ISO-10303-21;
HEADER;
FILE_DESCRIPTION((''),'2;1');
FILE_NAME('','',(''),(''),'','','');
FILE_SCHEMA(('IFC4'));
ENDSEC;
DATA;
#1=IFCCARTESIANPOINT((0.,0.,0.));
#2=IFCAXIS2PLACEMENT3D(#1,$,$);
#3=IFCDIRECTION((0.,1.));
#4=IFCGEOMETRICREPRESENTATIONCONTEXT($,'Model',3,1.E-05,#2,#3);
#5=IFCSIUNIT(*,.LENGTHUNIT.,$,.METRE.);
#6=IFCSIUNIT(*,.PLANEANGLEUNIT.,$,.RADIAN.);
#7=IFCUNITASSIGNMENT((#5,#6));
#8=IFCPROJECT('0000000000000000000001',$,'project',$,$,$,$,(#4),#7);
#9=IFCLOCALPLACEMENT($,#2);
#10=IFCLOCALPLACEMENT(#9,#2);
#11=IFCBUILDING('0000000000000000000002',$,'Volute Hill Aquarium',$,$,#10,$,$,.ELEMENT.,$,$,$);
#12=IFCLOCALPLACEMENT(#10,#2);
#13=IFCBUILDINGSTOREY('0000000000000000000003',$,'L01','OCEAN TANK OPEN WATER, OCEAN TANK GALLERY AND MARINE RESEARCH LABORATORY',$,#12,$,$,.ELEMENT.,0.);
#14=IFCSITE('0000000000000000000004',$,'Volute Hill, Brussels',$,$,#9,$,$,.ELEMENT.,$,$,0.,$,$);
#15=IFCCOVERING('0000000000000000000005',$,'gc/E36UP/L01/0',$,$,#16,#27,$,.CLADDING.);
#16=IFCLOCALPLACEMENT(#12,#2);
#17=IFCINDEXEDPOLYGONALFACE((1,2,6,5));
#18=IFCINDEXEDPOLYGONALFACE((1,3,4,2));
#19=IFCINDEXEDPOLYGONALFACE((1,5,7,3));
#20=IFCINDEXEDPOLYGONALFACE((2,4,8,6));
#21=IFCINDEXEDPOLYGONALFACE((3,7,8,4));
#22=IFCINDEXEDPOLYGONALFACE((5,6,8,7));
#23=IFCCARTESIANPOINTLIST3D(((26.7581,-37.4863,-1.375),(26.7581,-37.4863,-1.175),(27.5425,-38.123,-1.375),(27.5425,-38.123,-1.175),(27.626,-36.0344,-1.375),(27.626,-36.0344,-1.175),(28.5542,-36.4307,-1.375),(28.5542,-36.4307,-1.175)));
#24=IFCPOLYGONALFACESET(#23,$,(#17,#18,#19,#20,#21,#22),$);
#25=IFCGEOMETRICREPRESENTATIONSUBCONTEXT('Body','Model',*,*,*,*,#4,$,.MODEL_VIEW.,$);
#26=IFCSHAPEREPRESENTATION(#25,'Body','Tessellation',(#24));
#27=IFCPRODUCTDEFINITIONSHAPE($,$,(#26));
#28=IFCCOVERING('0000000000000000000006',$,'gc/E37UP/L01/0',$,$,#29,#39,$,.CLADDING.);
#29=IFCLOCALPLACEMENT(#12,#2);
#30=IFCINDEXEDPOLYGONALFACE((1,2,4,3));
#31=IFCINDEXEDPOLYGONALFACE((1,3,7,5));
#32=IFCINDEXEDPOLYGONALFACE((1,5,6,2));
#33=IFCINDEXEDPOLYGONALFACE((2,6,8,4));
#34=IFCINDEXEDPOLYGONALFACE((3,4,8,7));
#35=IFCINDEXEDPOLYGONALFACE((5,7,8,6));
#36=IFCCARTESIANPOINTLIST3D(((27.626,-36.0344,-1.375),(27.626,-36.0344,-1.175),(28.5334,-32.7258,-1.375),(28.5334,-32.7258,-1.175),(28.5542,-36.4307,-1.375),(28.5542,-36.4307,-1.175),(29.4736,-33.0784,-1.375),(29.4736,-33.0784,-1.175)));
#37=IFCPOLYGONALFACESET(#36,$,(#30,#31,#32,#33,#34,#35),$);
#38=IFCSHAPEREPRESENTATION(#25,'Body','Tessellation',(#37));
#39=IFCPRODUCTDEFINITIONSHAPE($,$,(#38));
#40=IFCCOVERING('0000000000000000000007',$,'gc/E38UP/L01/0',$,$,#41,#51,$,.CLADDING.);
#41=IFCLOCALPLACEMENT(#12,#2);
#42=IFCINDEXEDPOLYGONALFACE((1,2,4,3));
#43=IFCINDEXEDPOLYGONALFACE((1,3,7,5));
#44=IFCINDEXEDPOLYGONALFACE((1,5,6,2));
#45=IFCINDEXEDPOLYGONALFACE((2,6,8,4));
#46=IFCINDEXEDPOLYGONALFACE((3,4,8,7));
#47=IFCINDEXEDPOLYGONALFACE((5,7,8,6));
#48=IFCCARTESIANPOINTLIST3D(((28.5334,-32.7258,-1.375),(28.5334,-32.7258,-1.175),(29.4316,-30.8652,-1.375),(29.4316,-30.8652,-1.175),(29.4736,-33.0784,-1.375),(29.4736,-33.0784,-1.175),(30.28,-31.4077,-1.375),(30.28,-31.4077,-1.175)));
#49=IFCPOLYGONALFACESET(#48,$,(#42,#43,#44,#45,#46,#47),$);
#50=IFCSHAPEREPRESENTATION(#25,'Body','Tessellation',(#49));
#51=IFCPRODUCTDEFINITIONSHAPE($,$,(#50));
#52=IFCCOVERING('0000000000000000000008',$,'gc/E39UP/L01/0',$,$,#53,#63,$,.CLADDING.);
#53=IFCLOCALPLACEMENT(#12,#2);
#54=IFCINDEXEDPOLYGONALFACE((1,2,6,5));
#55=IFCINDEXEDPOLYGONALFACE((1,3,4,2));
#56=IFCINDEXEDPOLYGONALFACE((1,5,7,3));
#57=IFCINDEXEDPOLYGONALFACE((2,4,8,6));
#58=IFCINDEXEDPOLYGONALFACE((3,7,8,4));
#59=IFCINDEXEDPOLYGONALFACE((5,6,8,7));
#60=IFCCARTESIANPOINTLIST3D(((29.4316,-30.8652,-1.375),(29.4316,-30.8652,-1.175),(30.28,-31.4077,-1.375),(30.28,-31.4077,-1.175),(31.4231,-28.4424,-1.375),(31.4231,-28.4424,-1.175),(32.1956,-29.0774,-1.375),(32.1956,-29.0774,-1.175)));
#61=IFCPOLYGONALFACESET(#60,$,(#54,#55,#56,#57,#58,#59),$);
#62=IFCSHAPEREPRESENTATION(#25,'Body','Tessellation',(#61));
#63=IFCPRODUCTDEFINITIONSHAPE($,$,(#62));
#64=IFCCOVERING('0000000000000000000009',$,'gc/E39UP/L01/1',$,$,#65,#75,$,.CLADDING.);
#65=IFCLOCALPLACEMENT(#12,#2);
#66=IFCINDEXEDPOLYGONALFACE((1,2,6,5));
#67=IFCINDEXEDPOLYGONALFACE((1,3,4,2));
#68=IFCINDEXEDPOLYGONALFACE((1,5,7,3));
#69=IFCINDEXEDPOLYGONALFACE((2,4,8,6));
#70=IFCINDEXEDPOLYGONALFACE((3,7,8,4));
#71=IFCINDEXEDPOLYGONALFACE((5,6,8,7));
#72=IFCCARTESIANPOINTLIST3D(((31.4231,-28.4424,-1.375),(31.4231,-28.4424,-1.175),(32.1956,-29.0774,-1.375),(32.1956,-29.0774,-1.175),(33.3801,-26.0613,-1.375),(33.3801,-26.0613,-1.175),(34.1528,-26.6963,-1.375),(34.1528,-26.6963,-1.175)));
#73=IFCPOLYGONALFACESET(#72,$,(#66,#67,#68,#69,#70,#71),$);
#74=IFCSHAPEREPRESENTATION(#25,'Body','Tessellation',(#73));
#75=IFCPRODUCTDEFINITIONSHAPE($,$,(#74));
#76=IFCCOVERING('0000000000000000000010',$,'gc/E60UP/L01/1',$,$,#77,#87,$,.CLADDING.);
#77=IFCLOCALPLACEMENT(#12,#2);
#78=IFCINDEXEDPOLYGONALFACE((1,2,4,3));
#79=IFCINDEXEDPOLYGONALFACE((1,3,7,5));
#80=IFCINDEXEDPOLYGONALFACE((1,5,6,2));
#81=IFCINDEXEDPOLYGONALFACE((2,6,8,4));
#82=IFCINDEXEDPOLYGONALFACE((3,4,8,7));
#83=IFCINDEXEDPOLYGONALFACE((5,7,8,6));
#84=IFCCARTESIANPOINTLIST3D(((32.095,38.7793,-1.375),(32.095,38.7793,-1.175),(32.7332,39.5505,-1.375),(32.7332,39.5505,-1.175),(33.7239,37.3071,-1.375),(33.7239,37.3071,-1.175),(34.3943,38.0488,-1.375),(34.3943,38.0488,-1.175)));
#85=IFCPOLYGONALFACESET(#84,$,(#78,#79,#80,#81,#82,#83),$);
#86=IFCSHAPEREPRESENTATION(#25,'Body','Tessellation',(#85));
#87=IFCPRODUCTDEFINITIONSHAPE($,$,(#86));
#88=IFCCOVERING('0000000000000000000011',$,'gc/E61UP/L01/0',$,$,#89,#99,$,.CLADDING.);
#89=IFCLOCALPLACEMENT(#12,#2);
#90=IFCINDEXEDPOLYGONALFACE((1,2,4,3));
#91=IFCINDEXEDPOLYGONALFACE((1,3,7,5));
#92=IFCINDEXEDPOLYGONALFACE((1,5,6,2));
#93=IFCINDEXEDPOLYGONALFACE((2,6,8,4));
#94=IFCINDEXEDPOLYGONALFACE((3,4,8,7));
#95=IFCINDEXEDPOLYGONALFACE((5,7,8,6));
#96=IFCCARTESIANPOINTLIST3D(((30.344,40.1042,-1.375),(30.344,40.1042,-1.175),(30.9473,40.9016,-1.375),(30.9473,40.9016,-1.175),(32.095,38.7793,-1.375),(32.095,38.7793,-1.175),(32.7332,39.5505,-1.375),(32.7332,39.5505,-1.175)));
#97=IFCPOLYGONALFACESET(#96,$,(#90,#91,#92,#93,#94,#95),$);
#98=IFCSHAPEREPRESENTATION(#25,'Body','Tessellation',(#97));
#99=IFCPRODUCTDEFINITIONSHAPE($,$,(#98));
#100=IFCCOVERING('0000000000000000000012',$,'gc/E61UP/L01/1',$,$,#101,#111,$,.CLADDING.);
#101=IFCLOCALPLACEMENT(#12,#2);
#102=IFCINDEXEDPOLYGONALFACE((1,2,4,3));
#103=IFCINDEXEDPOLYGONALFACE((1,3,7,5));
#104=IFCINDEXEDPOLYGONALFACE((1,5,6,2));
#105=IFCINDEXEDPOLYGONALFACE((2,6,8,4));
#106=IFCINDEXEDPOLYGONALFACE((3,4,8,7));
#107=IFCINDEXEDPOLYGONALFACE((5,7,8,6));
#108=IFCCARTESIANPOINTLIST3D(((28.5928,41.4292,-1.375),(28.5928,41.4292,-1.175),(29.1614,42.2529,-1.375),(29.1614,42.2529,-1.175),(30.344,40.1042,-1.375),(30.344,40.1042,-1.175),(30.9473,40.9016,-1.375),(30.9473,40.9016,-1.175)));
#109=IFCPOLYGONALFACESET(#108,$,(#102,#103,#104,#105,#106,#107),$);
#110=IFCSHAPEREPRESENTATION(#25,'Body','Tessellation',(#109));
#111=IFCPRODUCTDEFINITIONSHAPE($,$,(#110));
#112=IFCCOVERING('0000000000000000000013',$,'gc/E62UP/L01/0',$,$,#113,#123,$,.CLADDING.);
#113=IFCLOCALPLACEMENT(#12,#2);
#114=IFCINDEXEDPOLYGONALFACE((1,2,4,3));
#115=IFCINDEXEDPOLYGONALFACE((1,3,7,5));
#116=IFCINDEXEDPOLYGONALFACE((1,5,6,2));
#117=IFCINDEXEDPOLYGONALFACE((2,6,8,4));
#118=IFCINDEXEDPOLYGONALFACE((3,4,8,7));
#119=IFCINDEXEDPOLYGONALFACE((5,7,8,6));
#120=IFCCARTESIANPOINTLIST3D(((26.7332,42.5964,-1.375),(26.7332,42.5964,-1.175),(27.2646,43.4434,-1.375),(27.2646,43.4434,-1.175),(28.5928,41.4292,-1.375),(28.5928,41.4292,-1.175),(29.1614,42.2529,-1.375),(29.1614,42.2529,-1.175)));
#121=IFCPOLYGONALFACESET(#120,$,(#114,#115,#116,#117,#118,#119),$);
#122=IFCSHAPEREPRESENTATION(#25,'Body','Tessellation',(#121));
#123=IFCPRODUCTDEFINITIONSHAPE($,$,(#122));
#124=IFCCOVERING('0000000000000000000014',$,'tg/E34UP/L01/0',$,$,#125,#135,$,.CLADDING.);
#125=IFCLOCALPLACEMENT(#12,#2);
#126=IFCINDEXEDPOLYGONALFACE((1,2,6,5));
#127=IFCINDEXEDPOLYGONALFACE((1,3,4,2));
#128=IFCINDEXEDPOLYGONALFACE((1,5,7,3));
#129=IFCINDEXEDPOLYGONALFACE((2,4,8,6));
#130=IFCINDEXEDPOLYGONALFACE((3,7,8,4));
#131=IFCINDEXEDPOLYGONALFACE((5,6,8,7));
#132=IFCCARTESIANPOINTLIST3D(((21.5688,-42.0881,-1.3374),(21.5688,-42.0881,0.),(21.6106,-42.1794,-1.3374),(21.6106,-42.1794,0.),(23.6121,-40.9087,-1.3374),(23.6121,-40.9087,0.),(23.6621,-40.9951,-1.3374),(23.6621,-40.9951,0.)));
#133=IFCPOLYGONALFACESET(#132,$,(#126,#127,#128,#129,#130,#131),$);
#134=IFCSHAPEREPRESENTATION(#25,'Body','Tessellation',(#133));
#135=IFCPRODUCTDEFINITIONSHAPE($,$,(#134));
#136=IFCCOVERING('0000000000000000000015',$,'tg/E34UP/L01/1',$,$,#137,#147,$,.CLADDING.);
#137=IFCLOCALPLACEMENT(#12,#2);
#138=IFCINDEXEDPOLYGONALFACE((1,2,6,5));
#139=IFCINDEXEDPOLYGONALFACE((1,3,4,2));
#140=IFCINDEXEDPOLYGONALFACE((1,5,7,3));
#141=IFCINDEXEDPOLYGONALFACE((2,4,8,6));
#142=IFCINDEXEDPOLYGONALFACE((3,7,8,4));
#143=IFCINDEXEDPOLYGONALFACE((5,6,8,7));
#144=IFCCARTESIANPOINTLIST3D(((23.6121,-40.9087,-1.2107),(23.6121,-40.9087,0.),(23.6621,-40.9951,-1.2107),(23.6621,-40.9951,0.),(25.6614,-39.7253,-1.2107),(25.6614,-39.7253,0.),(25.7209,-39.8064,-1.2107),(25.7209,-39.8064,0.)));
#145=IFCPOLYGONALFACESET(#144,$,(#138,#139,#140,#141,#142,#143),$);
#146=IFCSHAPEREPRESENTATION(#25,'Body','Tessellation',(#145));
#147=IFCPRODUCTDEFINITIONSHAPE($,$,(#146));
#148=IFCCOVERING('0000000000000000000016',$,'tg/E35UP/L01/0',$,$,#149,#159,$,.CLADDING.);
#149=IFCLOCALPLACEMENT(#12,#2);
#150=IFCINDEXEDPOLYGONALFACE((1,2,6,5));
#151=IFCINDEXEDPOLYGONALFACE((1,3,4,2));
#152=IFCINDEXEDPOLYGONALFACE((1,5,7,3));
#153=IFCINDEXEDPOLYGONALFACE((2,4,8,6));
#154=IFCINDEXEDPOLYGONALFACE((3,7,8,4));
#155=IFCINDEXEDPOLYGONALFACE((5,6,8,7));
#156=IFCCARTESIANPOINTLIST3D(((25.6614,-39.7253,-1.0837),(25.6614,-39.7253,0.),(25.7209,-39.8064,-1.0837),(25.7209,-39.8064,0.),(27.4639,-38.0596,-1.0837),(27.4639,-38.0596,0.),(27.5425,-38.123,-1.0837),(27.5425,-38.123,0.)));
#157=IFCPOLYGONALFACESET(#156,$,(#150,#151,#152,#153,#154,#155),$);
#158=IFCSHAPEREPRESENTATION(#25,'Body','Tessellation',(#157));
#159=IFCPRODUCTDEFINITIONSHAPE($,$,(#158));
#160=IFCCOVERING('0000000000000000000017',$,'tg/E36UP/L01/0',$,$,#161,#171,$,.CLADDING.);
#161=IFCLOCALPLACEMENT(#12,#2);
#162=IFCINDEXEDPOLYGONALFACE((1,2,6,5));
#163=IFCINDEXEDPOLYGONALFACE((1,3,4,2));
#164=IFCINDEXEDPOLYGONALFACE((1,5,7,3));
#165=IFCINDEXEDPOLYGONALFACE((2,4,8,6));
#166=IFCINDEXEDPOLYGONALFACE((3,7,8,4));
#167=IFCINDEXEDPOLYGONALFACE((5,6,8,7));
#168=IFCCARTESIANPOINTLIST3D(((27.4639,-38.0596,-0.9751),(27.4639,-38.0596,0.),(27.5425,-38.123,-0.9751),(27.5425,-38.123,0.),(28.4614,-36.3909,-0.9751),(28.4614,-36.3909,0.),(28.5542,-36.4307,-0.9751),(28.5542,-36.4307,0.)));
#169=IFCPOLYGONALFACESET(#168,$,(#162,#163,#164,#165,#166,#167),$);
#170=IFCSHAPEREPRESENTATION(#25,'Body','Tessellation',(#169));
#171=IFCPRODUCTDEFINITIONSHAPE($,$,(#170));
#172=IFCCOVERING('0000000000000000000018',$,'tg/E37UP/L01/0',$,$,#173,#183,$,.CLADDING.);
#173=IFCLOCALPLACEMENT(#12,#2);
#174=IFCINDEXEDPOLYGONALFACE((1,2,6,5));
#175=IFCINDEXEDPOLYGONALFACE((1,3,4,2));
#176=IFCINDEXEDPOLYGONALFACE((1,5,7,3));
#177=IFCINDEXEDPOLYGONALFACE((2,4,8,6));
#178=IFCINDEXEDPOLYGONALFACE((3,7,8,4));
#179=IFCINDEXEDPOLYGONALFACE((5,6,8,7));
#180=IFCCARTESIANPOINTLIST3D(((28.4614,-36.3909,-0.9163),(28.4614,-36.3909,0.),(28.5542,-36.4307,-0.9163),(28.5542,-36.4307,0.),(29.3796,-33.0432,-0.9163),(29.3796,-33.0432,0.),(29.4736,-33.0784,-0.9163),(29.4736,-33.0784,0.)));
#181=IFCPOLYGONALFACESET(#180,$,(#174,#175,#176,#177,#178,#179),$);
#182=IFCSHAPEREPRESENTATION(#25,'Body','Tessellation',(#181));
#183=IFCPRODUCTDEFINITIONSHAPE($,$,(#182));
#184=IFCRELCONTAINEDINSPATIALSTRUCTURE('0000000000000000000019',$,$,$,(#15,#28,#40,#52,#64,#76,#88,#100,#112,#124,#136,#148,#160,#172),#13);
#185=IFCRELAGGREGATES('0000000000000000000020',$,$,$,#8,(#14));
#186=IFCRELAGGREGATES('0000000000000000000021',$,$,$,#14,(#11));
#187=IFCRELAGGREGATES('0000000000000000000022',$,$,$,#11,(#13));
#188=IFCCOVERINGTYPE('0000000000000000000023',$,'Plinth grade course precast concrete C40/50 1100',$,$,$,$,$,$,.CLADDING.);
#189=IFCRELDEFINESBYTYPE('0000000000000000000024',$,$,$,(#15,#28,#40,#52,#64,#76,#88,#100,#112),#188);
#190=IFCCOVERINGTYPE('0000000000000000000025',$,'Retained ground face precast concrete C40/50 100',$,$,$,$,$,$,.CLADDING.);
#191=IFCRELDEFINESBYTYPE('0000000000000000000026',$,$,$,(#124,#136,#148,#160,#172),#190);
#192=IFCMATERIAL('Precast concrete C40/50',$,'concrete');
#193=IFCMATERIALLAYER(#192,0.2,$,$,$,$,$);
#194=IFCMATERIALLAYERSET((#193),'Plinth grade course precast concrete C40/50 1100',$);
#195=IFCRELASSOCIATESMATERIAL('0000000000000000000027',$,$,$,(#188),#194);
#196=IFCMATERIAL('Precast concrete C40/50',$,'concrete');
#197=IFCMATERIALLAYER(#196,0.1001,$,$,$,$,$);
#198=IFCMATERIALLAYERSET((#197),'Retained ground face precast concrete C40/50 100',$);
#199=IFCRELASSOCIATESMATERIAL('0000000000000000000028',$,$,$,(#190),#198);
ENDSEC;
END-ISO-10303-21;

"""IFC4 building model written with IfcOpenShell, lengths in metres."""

from ifc_helpers import new_model, si_unit, direction, frame, origin, place, context, subcontext, project, spatial, polyline, outline, extrude, material, layer, layer_set, type_object, element, save


model = new_model("IFC4")

# Units and contexts
model_context = context("Model", 3, precision=1e-05, world=origin(), true_north=direction((0.0, 1.0)))
body_context = subcontext(model_context, "Body", "Model", "MODEL_VIEW")
ifc_project = project(units=[si_unit("LENGTHUNIT", "METRE"), si_unit("PLANEANGLEUNIT", "RADIAN")], contexts=[model_context])

# Site, building, storey
site_placement = place(None, origin())
site = spatial("IfcSite", under=ifc_project, at=site_placement, Name="Volute Hill, Brussels", CompositionType="ELEMENT", RefElevation=0.0)
building_placement = place(site_placement, origin())
building = spatial("IfcBuilding", under=site, at=building_placement, Name="Volute Hill Aquarium", CompositionType="ELEMENT")
storey_placement = place(building_placement, origin())
storey = spatial("IfcBuildingStorey", under=building, at=storey_placement, Name="L01", Description="OCEAN TANK OPEN WATER, OCEAN TANK GALLERY AND MARINE RESEARCH LABORATORY", CompositionType="ELEMENT", Elevation=0.0)

# Coverings
ifc_material_1 = material(Name="Precast concrete C40/50", Category="concrete")
ifc_layer_1 = layer(ifc_material_1, 0.2)
ifc_layer_set_1 = layer_set([ifc_layer_1], Name="Plinth grade course precast concrete C40/50 1100")
covering_type_1 = type_object("IfcCoveringType", Name="Plinth grade course precast concrete C40/50 1100", PredefinedType="CLADDING", material=ifc_layer_set_1)
covering_1_placement = place(storey_placement, frame((0.0, 0.0, -1.375)))
element("IfcCovering", 1, at=covering_1_placement, inside=storey, type_object=covering_type_1, Name="gc/E36UP/L01/0", PredefinedType="CLADDING", context=body_context, shape_type="SweptSolid", body=[
    extrude(outline(polyline([(27.5425, -38.123), (28.5542, -36.4307), (27.626, -36.0344), (27.626, -36.0344), (26.7581, -37.4863), (26.7581, -37.4863), (27.5425, -38.123), (27.5425, -38.123)])), origin(), (0.0, 0.0, 1.0), 0.2),
])
covering_2_placement = place(storey_placement, frame((0.0, 0.0, -1.375)))
element("IfcCovering", 2, at=covering_2_placement, inside=storey, type_object=covering_type_1, Name="gc/E37UP/L01/0", PredefinedType="CLADDING", context=body_context, shape_type="SweptSolid", body=[
    extrude(outline(polyline([(29.4736, -33.0784), (29.4736, -33.0784), (28.5334, -32.7258), (27.626, -36.0344), (28.5542, -36.4307), (29.4736, -33.0784)])), origin(), (0.0, 0.0, 1.0), 0.2),
])
covering_3_placement = place(storey_placement, frame((0.0, 0.0, -1.375)))
element("IfcCovering", 3, at=covering_3_placement, inside=storey, type_object=covering_type_1, Name="gc/E38UP/L01/0", PredefinedType="CLADDING", context=body_context, shape_type="SweptSolid", body=[
    extrude(outline(polyline([(30.28, -31.4077), (30.28, -31.4077), (29.4316, -30.8652), (28.5334, -32.7258), (29.4736, -33.0784), (30.28, -31.4077)])), origin(), (0.0, 0.0, 1.0), 0.2),
])
covering_4_placement = place(storey_placement, frame((0.0, 0.0, -1.375)))
element("IfcCovering", 4, at=covering_4_placement, inside=storey, type_object=covering_type_1, Name="gc/E39UP/L01/0", PredefinedType="CLADDING", context=body_context, shape_type="SweptSolid", body=[
    extrude(outline(polyline([(30.28, -31.4077), (32.1956, -29.0774), (31.4231, -28.4424), (29.4316, -30.8652), (29.4316, -30.8652), (30.28, -31.4077)])), origin(), (0.0, 0.0, 1.0), 0.2),
])
covering_5_placement = place(storey_placement, frame((0.0, 0.0, -1.375)))
element("IfcCovering", 5, at=covering_5_placement, inside=storey, type_object=covering_type_1, Name="gc/E39UP/L01/1", PredefinedType="CLADDING", context=body_context, shape_type="SweptSolid", body=[
    extrude(outline(polyline([(32.1956, -29.0774), (34.1528, -26.6963), (33.3801, -26.0613), (31.4231, -28.4424), (32.1956, -29.0774)])), origin(), (0.0, 0.0, 1.0), 0.2),
])
covering_6_placement = place(storey_placement, frame((0.0, 0.0, -1.375)))
element("IfcCovering", 6, at=covering_6_placement, inside=storey, type_object=covering_type_1, Name="gc/E60UP/L01/1", PredefinedType="CLADDING", context=body_context, shape_type="SweptSolid", body=[
    extrude(outline(polyline([(32.7332, 39.5505), (32.7332, 39.5505), (32.095, 38.7793), (32.095, 38.7793), (33.7239, 37.3071), (34.3943, 38.0488), (32.7332, 39.5505)])), origin(), (0.0, 0.0, 1.0), 0.2),
])
covering_7_placement = place(storey_placement, frame((0.0, 0.0, -1.375)))
element("IfcCovering", 7, at=covering_7_placement, inside=storey, type_object=covering_type_1, Name="gc/E61UP/L01/0", PredefinedType="CLADDING", context=body_context, shape_type="SweptSolid", body=[
    extrude(outline(polyline([(32.7332, 39.5505), (30.9473, 40.9016), (30.344, 40.1042), (32.095, 38.7793), (32.7332, 39.5505)])), origin(), (0.0, 0.0, 1.0), 0.2),
])
covering_8_placement = place(storey_placement, frame((0.0, 0.0, -1.375)))
element("IfcCovering", 8, at=covering_8_placement, inside=storey, type_object=covering_type_1, Name="gc/E61UP/L01/1", PredefinedType="CLADDING", context=body_context, shape_type="SweptSolid", body=[
    extrude(outline(polyline([(29.1614, 42.2529), (29.1614, 42.2529), (28.5928, 41.4292), (28.5928, 41.4292), (30.344, 40.1042), (30.9473, 40.9016), (29.1614, 42.2529)])), origin(), (0.0, 0.0, 1.0), 0.2),
])
covering_9_placement = place(storey_placement, frame((0.0, 0.0, -1.375)))
element("IfcCovering", 9, at=covering_9_placement, inside=storey, type_object=covering_type_1, Name="gc/E62UP/L01/0", PredefinedType="CLADDING", context=body_context, shape_type="SweptSolid", body=[
    extrude(outline(polyline([(29.1614, 42.2529), (27.2646, 43.4434), (26.7332, 42.5964), (28.5928, 41.4292), (29.1614, 42.2529)])), origin(), (0.0, 0.0, 1.0), 0.2),
])
ifc_material_2 = material(Name="Precast concrete C40/50", Category="concrete")
ifc_layer_2 = layer(ifc_material_2, 0.1001)
ifc_layer_set_2 = layer_set([ifc_layer_2], Name="Retained ground face precast concrete C40/50 100")
covering_type_2 = type_object("IfcCoveringType", Name="Retained ground face precast concrete C40/50 100", PredefinedType="CLADDING", material=ifc_layer_set_2)
covering_10_placement = place(storey_placement, frame((0.0, 0.0, -1.3374)))
element("IfcCovering", 10, at=covering_10_placement, inside=storey, type_object=covering_type_2, Name="tg/E34UP/L01/0", PredefinedType="CLADDING", context=body_context, shape_type="SweptSolid", body=[
    extrude(outline(polyline([(21.6106, -42.1794), (23.6621, -40.9951), (23.6121, -40.9087), (21.5688, -42.0881), (21.5688, -42.0881), (21.6106, -42.1794), (21.6106, -42.1794)])), origin(), (0.0, 0.0, 1.0), 1.3374),
])
covering_11_placement = place(storey_placement, frame((0.0, 0.0, -1.2107)))
element("IfcCovering", 11, at=covering_11_placement, inside=storey, type_object=covering_type_2, Name="tg/E34UP/L01/1", PredefinedType="CLADDING", context=body_context, shape_type="SweptSolid", body=[
    extrude(outline(polyline([(25.7209, -39.8064), (25.7209, -39.8064), (25.6614, -39.7253), (25.6614, -39.7253), (23.6121, -40.9087), (23.6621, -40.9951), (25.7209, -39.8064)])), origin(), (0.0, 0.0, 1.0), 1.2107),
])
covering_12_placement = place(storey_placement, frame((0.0, 0.0, -1.0837)))
element("IfcCovering", 12, at=covering_12_placement, inside=storey, type_object=covering_type_2, Name="tg/E35UP/L01/0", PredefinedType="CLADDING", context=body_context, shape_type="SweptSolid", body=[
    extrude(outline(polyline([(25.7209, -39.8064), (27.5425, -38.123), (27.4639, -38.0596), (25.6614, -39.7253), (25.7209, -39.8064)])), origin(), (0.0, 0.0, 1.0), 1.0837),
])
covering_13_placement = place(storey_placement, frame((0.0, 0.0, -0.9751)))
element("IfcCovering", 13, at=covering_13_placement, inside=storey, type_object=covering_type_2, Name="tg/E36UP/L01/0", PredefinedType="CLADDING", context=body_context, shape_type="SweptSolid", body=[
    extrude(outline(polyline([(27.5425, -38.123), (28.5542, -36.4307), (28.4614, -36.3909), (28.4614, -36.3909), (27.4639, -38.0596), (27.4639, -38.0596), (27.5425, -38.123), (27.5425, -38.123)])), origin(), (0.0, 0.0, 1.0), 0.9751),
])
covering_14_placement = place(storey_placement, frame((0.0, 0.0, -0.9163)))
element("IfcCovering", 14, at=covering_14_placement, inside=storey, type_object=covering_type_2, Name="tg/E37UP/L01/0", PredefinedType="CLADDING", context=body_context, shape_type="SweptSolid", body=[
    extrude(outline(polyline([(29.4736, -33.0784), (29.4736, -33.0784), (29.3796, -33.0432), (29.3796, -33.0432), (28.4614, -36.3909), (28.5542, -36.4307), (29.4736, -33.0784)])), origin(), (0.0, 0.0, 1.0), 0.9163),
])

save(model, "model.ifc")
